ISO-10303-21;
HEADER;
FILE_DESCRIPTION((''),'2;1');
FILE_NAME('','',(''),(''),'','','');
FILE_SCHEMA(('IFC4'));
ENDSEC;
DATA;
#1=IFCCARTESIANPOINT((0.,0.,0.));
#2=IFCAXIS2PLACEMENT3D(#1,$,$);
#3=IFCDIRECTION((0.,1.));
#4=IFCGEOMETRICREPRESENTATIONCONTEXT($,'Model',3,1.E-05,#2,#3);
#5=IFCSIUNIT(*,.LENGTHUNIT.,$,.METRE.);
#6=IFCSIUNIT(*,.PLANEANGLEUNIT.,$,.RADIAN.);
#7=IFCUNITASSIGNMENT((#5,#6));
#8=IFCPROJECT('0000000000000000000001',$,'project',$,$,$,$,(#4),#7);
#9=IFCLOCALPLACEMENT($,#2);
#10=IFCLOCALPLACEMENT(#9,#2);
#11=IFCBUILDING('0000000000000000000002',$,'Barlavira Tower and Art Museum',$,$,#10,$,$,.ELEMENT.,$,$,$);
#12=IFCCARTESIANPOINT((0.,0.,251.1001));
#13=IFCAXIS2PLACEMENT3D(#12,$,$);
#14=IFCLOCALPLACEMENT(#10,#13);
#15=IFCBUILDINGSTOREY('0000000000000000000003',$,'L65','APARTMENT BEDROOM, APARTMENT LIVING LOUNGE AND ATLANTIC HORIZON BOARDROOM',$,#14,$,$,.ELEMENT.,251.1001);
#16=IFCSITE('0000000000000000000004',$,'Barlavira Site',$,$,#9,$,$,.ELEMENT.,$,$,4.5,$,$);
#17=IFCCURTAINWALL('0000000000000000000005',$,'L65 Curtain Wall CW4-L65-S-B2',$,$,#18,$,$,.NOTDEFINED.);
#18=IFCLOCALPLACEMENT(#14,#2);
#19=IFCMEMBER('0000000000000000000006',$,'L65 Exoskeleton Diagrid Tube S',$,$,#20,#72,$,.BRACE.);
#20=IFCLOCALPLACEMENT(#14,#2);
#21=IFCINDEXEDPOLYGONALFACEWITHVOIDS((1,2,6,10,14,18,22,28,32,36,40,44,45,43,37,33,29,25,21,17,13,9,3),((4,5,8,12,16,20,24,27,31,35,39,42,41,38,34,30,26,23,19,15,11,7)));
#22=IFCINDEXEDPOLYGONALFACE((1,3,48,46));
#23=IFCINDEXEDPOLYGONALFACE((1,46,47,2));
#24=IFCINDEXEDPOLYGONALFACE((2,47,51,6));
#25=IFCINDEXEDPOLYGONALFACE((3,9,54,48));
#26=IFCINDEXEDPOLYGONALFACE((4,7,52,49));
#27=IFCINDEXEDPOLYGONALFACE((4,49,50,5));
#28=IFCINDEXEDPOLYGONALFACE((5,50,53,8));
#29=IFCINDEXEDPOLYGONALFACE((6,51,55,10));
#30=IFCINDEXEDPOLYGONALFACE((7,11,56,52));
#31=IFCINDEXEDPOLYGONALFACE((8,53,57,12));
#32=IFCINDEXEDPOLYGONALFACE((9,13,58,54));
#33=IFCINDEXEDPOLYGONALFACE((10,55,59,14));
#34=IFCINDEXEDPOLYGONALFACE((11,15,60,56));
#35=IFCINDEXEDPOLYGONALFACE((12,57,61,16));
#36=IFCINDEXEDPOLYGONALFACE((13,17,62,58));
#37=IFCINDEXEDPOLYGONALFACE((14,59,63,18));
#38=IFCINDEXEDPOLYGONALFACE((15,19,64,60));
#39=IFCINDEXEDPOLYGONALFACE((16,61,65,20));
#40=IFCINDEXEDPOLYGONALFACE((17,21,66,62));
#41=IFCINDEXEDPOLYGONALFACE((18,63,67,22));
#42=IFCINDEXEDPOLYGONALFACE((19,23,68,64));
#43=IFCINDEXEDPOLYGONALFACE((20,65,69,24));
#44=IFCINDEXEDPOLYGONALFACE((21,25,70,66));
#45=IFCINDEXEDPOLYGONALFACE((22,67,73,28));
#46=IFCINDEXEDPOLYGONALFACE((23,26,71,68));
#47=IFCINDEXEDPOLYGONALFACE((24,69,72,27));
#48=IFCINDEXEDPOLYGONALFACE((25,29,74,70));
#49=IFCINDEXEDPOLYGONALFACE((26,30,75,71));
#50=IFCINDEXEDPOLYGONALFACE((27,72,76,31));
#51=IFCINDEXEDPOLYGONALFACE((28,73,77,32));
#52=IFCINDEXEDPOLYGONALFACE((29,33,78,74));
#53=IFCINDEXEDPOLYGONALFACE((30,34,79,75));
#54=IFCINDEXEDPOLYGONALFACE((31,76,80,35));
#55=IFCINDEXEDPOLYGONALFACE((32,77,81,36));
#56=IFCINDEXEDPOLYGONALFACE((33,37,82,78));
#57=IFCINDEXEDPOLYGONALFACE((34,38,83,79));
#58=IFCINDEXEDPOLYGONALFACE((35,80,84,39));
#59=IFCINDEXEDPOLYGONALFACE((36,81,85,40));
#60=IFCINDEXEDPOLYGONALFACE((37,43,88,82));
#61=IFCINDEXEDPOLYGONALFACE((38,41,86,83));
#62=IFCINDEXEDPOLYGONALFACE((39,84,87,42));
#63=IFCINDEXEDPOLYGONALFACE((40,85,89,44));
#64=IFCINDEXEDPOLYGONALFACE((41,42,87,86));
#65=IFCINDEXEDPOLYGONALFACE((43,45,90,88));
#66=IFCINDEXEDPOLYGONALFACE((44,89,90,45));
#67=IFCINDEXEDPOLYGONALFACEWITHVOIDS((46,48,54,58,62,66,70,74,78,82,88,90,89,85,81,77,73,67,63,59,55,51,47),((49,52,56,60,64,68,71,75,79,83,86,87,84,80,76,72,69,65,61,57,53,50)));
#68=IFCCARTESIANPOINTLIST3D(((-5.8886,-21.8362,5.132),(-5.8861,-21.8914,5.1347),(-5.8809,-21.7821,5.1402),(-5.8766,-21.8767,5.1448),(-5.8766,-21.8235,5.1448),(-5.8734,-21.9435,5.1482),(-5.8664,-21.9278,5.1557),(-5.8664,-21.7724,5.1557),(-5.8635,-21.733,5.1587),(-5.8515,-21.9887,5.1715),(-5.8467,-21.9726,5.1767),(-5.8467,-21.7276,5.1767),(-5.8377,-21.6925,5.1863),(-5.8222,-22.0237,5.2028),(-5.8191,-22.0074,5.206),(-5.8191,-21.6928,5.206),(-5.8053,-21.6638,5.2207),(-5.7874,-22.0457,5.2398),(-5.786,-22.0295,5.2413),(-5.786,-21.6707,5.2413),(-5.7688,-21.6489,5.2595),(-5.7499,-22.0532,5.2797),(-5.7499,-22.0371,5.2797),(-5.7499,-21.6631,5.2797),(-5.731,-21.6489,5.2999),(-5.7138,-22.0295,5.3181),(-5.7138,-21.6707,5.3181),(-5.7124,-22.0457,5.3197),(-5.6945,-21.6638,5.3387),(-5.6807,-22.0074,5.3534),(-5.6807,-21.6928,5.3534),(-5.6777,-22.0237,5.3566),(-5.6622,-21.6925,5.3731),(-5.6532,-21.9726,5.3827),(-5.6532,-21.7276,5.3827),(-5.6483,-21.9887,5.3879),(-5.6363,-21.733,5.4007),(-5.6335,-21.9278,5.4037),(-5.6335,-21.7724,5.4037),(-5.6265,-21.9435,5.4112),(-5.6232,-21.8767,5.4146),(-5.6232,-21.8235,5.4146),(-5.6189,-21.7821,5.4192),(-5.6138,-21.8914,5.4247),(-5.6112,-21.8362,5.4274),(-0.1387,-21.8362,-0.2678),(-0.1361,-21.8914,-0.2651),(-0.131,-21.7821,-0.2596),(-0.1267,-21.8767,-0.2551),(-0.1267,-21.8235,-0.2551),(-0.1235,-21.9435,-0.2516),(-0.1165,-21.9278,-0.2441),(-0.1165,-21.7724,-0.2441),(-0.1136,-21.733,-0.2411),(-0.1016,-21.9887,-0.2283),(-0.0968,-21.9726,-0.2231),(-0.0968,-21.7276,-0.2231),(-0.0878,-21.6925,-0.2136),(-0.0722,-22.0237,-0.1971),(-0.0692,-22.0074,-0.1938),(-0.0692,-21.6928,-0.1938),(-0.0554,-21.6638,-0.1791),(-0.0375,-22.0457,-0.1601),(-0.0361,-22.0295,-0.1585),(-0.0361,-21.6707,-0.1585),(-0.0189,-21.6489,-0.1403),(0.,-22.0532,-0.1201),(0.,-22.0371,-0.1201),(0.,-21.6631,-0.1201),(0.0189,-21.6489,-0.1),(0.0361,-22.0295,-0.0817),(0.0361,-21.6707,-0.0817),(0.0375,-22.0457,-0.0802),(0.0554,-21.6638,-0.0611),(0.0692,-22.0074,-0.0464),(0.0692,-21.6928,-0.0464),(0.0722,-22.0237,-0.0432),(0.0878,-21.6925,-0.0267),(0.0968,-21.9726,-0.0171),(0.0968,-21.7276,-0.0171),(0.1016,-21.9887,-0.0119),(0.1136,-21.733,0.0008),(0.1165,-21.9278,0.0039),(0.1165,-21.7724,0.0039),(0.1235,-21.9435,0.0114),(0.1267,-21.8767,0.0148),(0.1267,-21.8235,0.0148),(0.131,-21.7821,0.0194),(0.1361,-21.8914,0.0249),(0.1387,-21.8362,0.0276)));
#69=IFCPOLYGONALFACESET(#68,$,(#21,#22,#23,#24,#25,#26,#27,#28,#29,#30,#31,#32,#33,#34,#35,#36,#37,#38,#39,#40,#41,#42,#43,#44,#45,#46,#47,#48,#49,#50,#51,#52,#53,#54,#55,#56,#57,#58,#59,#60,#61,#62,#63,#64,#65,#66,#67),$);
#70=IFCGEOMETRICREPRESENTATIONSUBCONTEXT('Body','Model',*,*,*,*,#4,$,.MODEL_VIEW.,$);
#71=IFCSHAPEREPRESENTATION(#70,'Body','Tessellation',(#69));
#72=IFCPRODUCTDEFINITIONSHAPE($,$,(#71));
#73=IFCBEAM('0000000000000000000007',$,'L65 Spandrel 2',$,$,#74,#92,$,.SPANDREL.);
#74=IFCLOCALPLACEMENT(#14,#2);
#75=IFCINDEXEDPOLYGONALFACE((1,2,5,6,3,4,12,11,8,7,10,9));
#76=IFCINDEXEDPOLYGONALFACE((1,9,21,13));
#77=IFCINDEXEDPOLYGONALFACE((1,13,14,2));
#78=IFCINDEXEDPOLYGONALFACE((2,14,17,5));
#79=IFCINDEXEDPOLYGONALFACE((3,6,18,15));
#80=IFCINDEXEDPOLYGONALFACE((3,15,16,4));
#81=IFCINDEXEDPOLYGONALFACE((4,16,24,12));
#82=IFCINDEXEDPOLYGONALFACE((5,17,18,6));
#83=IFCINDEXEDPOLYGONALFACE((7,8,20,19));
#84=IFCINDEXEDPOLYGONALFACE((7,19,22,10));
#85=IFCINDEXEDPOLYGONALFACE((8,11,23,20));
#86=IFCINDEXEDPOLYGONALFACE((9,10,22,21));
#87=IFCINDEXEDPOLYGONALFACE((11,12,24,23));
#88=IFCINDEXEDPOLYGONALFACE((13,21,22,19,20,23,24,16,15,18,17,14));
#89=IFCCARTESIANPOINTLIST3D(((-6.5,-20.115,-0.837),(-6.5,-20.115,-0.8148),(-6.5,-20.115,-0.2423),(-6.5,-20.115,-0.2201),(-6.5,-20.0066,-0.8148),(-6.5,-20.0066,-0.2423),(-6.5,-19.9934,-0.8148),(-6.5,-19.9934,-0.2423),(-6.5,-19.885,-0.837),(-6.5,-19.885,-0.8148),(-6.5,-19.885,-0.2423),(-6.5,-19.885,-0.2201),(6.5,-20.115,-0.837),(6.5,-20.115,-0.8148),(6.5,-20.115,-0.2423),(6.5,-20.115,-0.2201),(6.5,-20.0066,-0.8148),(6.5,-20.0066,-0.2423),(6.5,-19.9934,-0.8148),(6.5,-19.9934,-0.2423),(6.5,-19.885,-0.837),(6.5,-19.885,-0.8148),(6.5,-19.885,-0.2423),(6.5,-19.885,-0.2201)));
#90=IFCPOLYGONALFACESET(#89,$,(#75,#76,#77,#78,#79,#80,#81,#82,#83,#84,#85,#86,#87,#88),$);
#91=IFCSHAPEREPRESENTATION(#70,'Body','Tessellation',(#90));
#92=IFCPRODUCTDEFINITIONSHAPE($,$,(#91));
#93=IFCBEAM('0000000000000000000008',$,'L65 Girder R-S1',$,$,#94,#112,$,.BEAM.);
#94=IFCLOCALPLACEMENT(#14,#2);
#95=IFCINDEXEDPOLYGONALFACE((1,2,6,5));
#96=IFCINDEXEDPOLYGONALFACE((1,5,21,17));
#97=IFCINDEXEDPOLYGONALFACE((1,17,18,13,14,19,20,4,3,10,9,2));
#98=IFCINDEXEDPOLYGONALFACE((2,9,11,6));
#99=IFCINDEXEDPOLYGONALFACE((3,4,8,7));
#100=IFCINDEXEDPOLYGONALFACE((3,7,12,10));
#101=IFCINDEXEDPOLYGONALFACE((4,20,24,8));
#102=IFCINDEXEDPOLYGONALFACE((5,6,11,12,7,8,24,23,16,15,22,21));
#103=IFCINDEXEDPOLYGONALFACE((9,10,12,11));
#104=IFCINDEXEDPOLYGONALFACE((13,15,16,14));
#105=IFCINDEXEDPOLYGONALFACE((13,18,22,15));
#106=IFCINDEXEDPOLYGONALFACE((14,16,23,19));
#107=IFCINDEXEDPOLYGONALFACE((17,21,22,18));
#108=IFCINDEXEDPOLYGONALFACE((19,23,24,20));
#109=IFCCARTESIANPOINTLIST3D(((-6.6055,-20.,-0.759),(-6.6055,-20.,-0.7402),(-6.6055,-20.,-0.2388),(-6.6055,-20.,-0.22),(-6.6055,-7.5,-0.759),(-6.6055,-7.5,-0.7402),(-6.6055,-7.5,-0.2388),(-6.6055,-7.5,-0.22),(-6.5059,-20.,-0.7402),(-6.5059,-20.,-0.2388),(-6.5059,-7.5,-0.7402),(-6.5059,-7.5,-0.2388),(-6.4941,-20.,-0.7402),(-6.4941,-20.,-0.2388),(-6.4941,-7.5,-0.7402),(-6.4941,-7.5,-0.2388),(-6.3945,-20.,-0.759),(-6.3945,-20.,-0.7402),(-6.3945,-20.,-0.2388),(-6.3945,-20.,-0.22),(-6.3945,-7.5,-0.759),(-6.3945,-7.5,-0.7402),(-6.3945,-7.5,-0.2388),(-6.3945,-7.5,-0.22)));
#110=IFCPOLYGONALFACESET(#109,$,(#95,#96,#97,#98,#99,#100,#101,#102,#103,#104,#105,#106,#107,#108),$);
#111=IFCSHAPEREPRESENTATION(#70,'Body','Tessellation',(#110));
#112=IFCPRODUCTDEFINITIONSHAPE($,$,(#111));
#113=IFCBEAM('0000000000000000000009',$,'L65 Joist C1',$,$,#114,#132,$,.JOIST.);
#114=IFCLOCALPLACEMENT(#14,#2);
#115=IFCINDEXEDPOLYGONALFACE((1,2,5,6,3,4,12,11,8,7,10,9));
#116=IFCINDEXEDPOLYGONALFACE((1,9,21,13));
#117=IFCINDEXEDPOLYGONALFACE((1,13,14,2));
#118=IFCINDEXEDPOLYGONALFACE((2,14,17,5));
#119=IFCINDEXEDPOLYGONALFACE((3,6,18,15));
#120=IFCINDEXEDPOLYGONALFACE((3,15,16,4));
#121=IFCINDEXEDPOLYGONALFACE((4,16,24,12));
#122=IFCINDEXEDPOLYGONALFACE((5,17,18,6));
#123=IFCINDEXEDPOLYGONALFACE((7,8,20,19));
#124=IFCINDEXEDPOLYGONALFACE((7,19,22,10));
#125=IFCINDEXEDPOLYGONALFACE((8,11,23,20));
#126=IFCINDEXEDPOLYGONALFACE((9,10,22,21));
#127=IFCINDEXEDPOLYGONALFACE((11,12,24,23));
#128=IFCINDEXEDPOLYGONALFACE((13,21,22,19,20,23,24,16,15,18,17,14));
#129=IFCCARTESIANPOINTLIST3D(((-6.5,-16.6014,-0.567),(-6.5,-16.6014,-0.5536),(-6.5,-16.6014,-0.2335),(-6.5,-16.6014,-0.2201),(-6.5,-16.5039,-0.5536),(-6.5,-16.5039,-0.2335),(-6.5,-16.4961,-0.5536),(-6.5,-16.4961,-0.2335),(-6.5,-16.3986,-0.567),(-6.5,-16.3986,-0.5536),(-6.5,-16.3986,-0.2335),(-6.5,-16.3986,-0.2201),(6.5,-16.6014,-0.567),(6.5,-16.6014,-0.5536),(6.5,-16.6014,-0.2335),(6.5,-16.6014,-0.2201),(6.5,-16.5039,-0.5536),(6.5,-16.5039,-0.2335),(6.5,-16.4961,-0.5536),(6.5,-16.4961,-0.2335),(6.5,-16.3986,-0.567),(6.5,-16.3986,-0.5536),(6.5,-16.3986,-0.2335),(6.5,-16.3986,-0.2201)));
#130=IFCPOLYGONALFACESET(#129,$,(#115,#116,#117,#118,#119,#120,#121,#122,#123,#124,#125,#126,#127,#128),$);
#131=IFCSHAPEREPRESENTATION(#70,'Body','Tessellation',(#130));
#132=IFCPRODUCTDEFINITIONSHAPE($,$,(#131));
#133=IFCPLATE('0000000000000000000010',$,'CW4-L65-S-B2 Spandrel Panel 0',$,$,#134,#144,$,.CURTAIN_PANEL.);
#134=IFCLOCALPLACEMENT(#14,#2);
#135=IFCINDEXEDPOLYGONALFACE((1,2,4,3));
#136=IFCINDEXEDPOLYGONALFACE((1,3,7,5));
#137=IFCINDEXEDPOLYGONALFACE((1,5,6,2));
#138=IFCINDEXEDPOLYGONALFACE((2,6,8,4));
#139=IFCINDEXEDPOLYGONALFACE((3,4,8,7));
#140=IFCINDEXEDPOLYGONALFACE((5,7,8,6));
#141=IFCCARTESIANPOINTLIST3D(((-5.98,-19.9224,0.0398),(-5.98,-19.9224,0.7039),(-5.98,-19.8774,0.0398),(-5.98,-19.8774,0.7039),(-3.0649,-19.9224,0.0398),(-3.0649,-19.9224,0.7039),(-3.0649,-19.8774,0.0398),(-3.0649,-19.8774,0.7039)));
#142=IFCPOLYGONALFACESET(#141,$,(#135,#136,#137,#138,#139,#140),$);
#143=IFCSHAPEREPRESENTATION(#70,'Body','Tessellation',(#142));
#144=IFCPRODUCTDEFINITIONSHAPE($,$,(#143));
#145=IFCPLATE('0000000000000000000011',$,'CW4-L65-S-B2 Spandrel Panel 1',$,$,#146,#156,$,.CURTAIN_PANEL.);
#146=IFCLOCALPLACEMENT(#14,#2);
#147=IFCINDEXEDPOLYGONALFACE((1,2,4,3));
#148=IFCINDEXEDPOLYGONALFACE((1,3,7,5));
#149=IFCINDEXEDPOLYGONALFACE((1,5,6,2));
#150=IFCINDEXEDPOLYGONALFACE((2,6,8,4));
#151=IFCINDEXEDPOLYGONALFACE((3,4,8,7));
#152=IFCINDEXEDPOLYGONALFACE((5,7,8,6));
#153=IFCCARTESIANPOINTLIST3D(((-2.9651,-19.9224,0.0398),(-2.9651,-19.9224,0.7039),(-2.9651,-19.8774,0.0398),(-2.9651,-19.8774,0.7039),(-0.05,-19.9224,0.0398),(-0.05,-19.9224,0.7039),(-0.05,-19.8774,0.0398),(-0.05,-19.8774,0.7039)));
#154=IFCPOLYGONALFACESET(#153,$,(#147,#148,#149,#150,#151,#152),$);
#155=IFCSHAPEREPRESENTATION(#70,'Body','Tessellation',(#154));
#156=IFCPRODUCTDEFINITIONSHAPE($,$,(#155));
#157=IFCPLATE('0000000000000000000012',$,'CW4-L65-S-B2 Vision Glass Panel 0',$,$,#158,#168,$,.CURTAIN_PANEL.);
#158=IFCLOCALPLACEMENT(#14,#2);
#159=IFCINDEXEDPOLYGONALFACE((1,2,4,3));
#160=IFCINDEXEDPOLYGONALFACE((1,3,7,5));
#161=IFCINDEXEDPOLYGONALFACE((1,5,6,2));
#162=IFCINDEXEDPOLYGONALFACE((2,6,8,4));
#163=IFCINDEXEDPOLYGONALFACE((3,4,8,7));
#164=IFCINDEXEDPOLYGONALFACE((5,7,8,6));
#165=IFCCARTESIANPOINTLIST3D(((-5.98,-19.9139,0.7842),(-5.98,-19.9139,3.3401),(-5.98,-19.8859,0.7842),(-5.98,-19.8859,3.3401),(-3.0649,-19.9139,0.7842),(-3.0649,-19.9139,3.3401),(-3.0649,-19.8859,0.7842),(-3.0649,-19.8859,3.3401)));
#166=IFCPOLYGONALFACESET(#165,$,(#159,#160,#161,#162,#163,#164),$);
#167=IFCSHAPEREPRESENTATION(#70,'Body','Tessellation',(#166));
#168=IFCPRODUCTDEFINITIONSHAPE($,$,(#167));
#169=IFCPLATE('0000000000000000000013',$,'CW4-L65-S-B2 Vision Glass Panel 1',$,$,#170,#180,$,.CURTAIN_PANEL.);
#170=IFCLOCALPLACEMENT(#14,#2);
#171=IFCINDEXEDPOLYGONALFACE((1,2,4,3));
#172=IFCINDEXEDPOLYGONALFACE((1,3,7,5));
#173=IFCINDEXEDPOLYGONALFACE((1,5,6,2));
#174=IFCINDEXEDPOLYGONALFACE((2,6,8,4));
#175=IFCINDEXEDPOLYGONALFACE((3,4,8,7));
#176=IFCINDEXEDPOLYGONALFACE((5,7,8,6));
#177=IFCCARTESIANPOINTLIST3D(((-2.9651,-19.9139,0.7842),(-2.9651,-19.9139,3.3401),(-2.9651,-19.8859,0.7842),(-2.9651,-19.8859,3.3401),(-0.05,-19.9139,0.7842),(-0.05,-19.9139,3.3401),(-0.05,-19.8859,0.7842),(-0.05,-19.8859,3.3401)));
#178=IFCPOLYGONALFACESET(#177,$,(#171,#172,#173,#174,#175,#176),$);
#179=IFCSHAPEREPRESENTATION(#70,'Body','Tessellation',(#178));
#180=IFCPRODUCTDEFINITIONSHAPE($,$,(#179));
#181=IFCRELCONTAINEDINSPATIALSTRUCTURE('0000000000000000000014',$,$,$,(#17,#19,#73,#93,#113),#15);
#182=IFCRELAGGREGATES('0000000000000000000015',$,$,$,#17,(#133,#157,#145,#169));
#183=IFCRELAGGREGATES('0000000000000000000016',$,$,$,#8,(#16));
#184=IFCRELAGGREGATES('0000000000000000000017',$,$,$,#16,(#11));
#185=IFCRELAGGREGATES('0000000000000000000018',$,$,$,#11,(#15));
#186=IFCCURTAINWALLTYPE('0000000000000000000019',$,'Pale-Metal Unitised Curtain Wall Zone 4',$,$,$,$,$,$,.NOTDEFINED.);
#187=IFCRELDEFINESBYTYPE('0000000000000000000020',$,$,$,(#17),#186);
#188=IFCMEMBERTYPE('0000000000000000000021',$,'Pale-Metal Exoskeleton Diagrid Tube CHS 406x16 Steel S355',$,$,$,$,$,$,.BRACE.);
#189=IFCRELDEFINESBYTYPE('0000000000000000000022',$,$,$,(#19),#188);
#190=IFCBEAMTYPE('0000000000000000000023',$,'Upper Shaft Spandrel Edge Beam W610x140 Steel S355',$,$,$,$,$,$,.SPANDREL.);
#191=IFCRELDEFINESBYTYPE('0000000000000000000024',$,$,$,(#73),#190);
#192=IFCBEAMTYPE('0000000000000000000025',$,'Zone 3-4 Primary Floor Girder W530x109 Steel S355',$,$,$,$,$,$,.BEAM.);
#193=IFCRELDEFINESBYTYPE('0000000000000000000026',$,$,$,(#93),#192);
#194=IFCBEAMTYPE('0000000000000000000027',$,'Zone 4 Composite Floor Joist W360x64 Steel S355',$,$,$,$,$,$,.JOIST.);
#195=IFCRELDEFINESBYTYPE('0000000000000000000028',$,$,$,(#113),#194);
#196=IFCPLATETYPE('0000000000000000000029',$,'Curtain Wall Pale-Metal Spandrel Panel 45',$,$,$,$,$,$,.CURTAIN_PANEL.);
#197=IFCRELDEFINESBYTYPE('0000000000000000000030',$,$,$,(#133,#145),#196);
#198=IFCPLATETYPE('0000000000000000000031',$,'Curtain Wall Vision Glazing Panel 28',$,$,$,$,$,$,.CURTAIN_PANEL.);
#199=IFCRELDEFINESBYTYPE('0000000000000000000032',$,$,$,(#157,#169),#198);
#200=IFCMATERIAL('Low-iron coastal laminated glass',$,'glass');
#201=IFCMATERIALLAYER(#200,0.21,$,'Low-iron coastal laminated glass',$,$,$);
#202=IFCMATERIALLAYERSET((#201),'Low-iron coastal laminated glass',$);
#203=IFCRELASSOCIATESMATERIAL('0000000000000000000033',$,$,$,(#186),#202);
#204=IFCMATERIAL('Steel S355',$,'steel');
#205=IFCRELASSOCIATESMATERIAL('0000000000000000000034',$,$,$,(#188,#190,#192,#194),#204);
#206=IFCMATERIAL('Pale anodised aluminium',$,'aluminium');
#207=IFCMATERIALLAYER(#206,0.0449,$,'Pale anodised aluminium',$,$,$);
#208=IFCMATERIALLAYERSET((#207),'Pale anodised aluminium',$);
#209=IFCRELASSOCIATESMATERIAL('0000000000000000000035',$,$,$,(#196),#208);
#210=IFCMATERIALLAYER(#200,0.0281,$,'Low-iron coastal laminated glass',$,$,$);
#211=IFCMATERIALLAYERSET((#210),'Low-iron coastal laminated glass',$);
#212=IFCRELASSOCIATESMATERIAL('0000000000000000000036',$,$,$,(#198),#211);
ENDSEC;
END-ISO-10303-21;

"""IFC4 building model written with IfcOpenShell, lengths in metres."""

from ifc_helpers import new_model, si_unit, direction, frame, origin, origin_2d, place, context, subcontext, project, spatial, rectangle, hollow_circle, i_section, extrude, material, layer, layer_set, material_profile, profile_set, type_object, element, aggregate, save


model = new_model("IFC4")

# Units and contexts
model_context = context("Model", 3, precision=1e-05, world=origin(), true_north=direction((0.0, 1.0)))
body_context = subcontext(model_context, "Body", "Model", "MODEL_VIEW")
ifc_project = project(units=[si_unit("LENGTHUNIT", "METRE"), si_unit("PLANEANGLEUNIT", "RADIAN")], contexts=[model_context])

# Site, building, storey
site_placement = place(None, origin())
site = spatial("IfcSite", under=ifc_project, at=site_placement, Name="Barlavira Site", CompositionType="ELEMENT", RefElevation=4.5)
building_placement = place(site_placement, origin())
building = spatial("IfcBuilding", under=site, at=building_placement, Name="Barlavira Tower and Art Museum", CompositionType="ELEMENT")
storey_placement = place(building_placement, frame((0.0, 0.0, 251.1001)))
storey = spatial("IfcBuildingStorey", under=building, at=storey_placement, Name="L65", Description="APARTMENT BEDROOM, APARTMENT LIVING LOUNGE AND ATLANTIC HORIZON BOARDROOM", CompositionType="ELEMENT", Elevation=251.1001)

# Curtain wall
ifc_material_1 = material(Name="Low-iron coastal laminated glass", Category="glass")
ifc_layer_1 = layer(ifc_material_1, 0.21, Name="Low-iron coastal laminated glass")
ifc_layer_set_1 = layer_set([ifc_layer_1], Name="Low-iron coastal laminated glass")
curtain_wall_type = type_object("IfcCurtainWallType", Name="Pale-Metal Unitised Curtain Wall Zone 4", PredefinedType="NOTDEFINED", material=ifc_layer_set_1)
curtain_wall_placement = place(storey_placement, origin())
curtain_wall = element("IfcCurtainWall", 1, at=curtain_wall_placement, inside=storey, type_object=curtain_wall_type, Name="L65 Curtain Wall CW4-L65-S-B2", PredefinedType="NOTDEFINED")
ifc_material_2 = material(Name="Pale anodised aluminium", Category="aluminium")

# Member
ifc_material_3 = material(Name="Steel S355", Category="steel")
ifc_material_profile_1 = material_profile(ifc_material_3, hollow_circle(Radius=0.2031, WallThickness=0.0161, at=origin_2d()), Name="CHS 406.4x16.0")
ifc_profile_set_1 = profile_set([ifc_material_profile_1], Name="Steel S355")
member_type_1 = type_object("IfcMemberType", Name="Pale-Metal Exoskeleton Diagrid Tube CHS 406x16 Steel S355", PredefinedType="BRACE", material=ifc_profile_set_1)
member_1_placement = place(storey_placement, frame((0.0, -21.8501, -0.1201), z_axis=(-0.72895, 0.0, 0.684567), x_axis=(0.0, -1.0, 0.0)))
element("IfcMember", 2, at=member_1_placement, inside=storey, type_object=member_type_1, Name="L65 Exoskeleton Diagrid Tube S", PredefinedType="BRACE", context=body_context, shape_type="SweptSolid", body=[
    extrude(hollow_circle(Radius=0.2031, WallThickness=0.0161, at=origin_2d()), origin(), (0.0, 0.0, 1.0), 7.8879),
])

# Beams
ifc_material_profile_2 = material_profile(ifc_material_3, i_section(OverallWidth=0.23, OverallDepth=0.6169, WebThickness=0.0132, FlangeThickness=0.0222, at=origin_2d()), Name="W610x140.0")
ifc_profile_set_2 = profile_set([ifc_material_profile_2], Name="Steel S355")
beam_type_1 = type_object("IfcBeamType", Name="Upper Shaft Spandrel Edge Beam W610x140 Steel S355", PredefinedType="SPANDREL", material=ifc_profile_set_2)
beam_1_placement = place(storey_placement, frame((-6.5, -20.0, -0.5286), z_axis=(1.0, 0.0, 0.0), x_axis=(0.0, 1.0, 0.0)))
element("IfcBeam", 3, at=beam_1_placement, inside=storey, type_object=beam_type_1, Name="L65 Spandrel 2", PredefinedType="SPANDREL", context=body_context, shape_type="SweptSolid", body=[
    extrude(i_section(OverallWidth=0.23, OverallDepth=0.6169, WebThickness=0.0132, FlangeThickness=0.0222, at=origin_2d()), origin(), (0.0, 0.0, 1.0), 13.0),
])
ifc_material_profile_3 = material_profile(ifc_material_3, i_section(OverallWidth=0.2109, OverallDepth=0.5391, WebThickness=0.0117, FlangeThickness=0.0188, at=origin_2d()), Name="W530x109.0")
ifc_profile_set_3 = profile_set([ifc_material_profile_3], Name="Steel S355")
beam_type_2 = type_object("IfcBeamType", Name="Zone 3-4 Primary Floor Girder W530x109 Steel S355", PredefinedType="BEAM", material=ifc_profile_set_3)
beam_2_placement = place(storey_placement, frame((-6.5, -20.0, -0.4895), z_axis=(0.0, 1.0, 0.0), x_axis=(-1.0, 0.0, 0.0)))
element("IfcBeam", 4, at=beam_2_placement, inside=storey, type_object=beam_type_2, Name="L65 Girder R-S1", PredefinedType="BEAM", context=body_context, shape_type="SweptSolid", body=[
    extrude(i_section(OverallWidth=0.2109, OverallDepth=0.5391, WebThickness=0.0117, FlangeThickness=0.0188, at=origin_2d()), origin(), (0.0, 0.0, 1.0), 12.5),
])
ifc_material_profile_4 = material_profile(ifc_material_3, i_section(OverallWidth=0.2029, OverallDepth=0.3469, WebThickness=0.0078, FlangeThickness=0.0134, at=origin_2d()), Name="W360x64.0")
ifc_profile_set_4 = profile_set([ifc_material_profile_4], Name="Steel S355")
beam_type_3 = type_object("IfcBeamType", Name="Zone 4 Composite Floor Joist W360x64 Steel S355", PredefinedType="JOIST", material=ifc_profile_set_4)
beam_3_placement = place(storey_placement, frame((-6.5, -16.5, -0.3936), z_axis=(1.0, 0.0, 0.0), x_axis=(0.0, 1.0, 0.0)))
element("IfcBeam", 5, at=beam_3_placement, inside=storey, type_object=beam_type_3, Name="L65 Joist C1", PredefinedType="JOIST", context=body_context, shape_type="SweptSolid", body=[
    extrude(i_section(OverallWidth=0.2029, OverallDepth=0.3469, WebThickness=0.0078, FlangeThickness=0.0134, at=origin_2d()), origin(), (0.0, 0.0, 1.0), 13.0),
])

# Plates
ifc_layer_2 = layer(ifc_material_2, 0.0449, Name="Pale anodised aluminium")
ifc_layer_set_2 = layer_set([ifc_layer_2], Name="Pale anodised aluminium")
plate_type_1 = type_object("IfcPlateType", Name="Curtain Wall Pale-Metal Spandrel Panel 45", PredefinedType="CURTAIN_PANEL", material=ifc_layer_set_2)
plate_1_placement = place(storey_placement, frame((-4.5225, -19.8999, 0.0398), z_axis=(0.0, 0.0, 1.0), x_axis=(1.0, 0.0, 0.0)))
plate_1 = element("IfcPlate", 6, at=plate_1_placement, type_object=plate_type_1, Name="CW4-L65-S-B2 Spandrel Panel 0", PredefinedType="CURTAIN_PANEL", context=body_context, shape_type="SweptSolid", body=[
    extrude(rectangle(XDim=2.915, YDim=0.0449, at=origin_2d()), origin(), (0.0, 0.0, 1.0), 0.6641),
])
plate_2_placement = place(storey_placement, frame((-1.5076, -19.8999, 0.0398), z_axis=(0.0, 0.0, 1.0), x_axis=(1.0, 0.0, 0.0)))
plate_2 = element("IfcPlate", 7, at=plate_2_placement, type_object=plate_type_1, Name="CW4-L65-S-B2 Spandrel Panel 1", PredefinedType="CURTAIN_PANEL", context=body_context, shape_type="SweptSolid", body=[
    extrude(rectangle(XDim=2.915, YDim=0.0449, at=origin_2d()), origin(), (0.0, 0.0, 1.0), 0.6641),
])
ifc_layer_3 = layer(ifc_material_1, 0.0281, Name="Low-iron coastal laminated glass")
ifc_layer_set_3 = layer_set([ifc_layer_3], Name="Low-iron coastal laminated glass")
plate_type_2 = type_object("IfcPlateType", Name="Curtain Wall Vision Glazing Panel 28", PredefinedType="CURTAIN_PANEL", material=ifc_layer_set_3)
plate_3_placement = place(storey_placement, frame((-4.5225, -19.8999, 0.7842), z_axis=(0.0, 0.0, 1.0), x_axis=(1.0, 0.0, 0.0)))
plate_3 = element("IfcPlate", 8, at=plate_3_placement, type_object=plate_type_2, Name="CW4-L65-S-B2 Vision Glass Panel 0", PredefinedType="CURTAIN_PANEL", context=body_context, shape_type="SweptSolid", body=[
    extrude(rectangle(XDim=2.915, YDim=0.0281, at=origin_2d()), origin(), (0.0, 0.0, 1.0), 2.5559),
])
plate_4_placement = place(storey_placement, frame((-1.5076, -19.8999, 0.7842), z_axis=(0.0, 0.0, 1.0), x_axis=(1.0, 0.0, 0.0)))
plate_4 = element("IfcPlate", 9, at=plate_4_placement, type_object=plate_type_2, Name="CW4-L65-S-B2 Vision Glass Panel 1", PredefinedType="CURTAIN_PANEL", context=body_context, shape_type="SweptSolid", body=[
    extrude(rectangle(XDim=2.915, YDim=0.0281, at=origin_2d()), origin(), (0.0, 0.0, 1.0), 2.5559),
])
aggregate(curtain_wall, [plate_1, plate_3, plate_2, plate_4])

save(model, "model.ifc")
